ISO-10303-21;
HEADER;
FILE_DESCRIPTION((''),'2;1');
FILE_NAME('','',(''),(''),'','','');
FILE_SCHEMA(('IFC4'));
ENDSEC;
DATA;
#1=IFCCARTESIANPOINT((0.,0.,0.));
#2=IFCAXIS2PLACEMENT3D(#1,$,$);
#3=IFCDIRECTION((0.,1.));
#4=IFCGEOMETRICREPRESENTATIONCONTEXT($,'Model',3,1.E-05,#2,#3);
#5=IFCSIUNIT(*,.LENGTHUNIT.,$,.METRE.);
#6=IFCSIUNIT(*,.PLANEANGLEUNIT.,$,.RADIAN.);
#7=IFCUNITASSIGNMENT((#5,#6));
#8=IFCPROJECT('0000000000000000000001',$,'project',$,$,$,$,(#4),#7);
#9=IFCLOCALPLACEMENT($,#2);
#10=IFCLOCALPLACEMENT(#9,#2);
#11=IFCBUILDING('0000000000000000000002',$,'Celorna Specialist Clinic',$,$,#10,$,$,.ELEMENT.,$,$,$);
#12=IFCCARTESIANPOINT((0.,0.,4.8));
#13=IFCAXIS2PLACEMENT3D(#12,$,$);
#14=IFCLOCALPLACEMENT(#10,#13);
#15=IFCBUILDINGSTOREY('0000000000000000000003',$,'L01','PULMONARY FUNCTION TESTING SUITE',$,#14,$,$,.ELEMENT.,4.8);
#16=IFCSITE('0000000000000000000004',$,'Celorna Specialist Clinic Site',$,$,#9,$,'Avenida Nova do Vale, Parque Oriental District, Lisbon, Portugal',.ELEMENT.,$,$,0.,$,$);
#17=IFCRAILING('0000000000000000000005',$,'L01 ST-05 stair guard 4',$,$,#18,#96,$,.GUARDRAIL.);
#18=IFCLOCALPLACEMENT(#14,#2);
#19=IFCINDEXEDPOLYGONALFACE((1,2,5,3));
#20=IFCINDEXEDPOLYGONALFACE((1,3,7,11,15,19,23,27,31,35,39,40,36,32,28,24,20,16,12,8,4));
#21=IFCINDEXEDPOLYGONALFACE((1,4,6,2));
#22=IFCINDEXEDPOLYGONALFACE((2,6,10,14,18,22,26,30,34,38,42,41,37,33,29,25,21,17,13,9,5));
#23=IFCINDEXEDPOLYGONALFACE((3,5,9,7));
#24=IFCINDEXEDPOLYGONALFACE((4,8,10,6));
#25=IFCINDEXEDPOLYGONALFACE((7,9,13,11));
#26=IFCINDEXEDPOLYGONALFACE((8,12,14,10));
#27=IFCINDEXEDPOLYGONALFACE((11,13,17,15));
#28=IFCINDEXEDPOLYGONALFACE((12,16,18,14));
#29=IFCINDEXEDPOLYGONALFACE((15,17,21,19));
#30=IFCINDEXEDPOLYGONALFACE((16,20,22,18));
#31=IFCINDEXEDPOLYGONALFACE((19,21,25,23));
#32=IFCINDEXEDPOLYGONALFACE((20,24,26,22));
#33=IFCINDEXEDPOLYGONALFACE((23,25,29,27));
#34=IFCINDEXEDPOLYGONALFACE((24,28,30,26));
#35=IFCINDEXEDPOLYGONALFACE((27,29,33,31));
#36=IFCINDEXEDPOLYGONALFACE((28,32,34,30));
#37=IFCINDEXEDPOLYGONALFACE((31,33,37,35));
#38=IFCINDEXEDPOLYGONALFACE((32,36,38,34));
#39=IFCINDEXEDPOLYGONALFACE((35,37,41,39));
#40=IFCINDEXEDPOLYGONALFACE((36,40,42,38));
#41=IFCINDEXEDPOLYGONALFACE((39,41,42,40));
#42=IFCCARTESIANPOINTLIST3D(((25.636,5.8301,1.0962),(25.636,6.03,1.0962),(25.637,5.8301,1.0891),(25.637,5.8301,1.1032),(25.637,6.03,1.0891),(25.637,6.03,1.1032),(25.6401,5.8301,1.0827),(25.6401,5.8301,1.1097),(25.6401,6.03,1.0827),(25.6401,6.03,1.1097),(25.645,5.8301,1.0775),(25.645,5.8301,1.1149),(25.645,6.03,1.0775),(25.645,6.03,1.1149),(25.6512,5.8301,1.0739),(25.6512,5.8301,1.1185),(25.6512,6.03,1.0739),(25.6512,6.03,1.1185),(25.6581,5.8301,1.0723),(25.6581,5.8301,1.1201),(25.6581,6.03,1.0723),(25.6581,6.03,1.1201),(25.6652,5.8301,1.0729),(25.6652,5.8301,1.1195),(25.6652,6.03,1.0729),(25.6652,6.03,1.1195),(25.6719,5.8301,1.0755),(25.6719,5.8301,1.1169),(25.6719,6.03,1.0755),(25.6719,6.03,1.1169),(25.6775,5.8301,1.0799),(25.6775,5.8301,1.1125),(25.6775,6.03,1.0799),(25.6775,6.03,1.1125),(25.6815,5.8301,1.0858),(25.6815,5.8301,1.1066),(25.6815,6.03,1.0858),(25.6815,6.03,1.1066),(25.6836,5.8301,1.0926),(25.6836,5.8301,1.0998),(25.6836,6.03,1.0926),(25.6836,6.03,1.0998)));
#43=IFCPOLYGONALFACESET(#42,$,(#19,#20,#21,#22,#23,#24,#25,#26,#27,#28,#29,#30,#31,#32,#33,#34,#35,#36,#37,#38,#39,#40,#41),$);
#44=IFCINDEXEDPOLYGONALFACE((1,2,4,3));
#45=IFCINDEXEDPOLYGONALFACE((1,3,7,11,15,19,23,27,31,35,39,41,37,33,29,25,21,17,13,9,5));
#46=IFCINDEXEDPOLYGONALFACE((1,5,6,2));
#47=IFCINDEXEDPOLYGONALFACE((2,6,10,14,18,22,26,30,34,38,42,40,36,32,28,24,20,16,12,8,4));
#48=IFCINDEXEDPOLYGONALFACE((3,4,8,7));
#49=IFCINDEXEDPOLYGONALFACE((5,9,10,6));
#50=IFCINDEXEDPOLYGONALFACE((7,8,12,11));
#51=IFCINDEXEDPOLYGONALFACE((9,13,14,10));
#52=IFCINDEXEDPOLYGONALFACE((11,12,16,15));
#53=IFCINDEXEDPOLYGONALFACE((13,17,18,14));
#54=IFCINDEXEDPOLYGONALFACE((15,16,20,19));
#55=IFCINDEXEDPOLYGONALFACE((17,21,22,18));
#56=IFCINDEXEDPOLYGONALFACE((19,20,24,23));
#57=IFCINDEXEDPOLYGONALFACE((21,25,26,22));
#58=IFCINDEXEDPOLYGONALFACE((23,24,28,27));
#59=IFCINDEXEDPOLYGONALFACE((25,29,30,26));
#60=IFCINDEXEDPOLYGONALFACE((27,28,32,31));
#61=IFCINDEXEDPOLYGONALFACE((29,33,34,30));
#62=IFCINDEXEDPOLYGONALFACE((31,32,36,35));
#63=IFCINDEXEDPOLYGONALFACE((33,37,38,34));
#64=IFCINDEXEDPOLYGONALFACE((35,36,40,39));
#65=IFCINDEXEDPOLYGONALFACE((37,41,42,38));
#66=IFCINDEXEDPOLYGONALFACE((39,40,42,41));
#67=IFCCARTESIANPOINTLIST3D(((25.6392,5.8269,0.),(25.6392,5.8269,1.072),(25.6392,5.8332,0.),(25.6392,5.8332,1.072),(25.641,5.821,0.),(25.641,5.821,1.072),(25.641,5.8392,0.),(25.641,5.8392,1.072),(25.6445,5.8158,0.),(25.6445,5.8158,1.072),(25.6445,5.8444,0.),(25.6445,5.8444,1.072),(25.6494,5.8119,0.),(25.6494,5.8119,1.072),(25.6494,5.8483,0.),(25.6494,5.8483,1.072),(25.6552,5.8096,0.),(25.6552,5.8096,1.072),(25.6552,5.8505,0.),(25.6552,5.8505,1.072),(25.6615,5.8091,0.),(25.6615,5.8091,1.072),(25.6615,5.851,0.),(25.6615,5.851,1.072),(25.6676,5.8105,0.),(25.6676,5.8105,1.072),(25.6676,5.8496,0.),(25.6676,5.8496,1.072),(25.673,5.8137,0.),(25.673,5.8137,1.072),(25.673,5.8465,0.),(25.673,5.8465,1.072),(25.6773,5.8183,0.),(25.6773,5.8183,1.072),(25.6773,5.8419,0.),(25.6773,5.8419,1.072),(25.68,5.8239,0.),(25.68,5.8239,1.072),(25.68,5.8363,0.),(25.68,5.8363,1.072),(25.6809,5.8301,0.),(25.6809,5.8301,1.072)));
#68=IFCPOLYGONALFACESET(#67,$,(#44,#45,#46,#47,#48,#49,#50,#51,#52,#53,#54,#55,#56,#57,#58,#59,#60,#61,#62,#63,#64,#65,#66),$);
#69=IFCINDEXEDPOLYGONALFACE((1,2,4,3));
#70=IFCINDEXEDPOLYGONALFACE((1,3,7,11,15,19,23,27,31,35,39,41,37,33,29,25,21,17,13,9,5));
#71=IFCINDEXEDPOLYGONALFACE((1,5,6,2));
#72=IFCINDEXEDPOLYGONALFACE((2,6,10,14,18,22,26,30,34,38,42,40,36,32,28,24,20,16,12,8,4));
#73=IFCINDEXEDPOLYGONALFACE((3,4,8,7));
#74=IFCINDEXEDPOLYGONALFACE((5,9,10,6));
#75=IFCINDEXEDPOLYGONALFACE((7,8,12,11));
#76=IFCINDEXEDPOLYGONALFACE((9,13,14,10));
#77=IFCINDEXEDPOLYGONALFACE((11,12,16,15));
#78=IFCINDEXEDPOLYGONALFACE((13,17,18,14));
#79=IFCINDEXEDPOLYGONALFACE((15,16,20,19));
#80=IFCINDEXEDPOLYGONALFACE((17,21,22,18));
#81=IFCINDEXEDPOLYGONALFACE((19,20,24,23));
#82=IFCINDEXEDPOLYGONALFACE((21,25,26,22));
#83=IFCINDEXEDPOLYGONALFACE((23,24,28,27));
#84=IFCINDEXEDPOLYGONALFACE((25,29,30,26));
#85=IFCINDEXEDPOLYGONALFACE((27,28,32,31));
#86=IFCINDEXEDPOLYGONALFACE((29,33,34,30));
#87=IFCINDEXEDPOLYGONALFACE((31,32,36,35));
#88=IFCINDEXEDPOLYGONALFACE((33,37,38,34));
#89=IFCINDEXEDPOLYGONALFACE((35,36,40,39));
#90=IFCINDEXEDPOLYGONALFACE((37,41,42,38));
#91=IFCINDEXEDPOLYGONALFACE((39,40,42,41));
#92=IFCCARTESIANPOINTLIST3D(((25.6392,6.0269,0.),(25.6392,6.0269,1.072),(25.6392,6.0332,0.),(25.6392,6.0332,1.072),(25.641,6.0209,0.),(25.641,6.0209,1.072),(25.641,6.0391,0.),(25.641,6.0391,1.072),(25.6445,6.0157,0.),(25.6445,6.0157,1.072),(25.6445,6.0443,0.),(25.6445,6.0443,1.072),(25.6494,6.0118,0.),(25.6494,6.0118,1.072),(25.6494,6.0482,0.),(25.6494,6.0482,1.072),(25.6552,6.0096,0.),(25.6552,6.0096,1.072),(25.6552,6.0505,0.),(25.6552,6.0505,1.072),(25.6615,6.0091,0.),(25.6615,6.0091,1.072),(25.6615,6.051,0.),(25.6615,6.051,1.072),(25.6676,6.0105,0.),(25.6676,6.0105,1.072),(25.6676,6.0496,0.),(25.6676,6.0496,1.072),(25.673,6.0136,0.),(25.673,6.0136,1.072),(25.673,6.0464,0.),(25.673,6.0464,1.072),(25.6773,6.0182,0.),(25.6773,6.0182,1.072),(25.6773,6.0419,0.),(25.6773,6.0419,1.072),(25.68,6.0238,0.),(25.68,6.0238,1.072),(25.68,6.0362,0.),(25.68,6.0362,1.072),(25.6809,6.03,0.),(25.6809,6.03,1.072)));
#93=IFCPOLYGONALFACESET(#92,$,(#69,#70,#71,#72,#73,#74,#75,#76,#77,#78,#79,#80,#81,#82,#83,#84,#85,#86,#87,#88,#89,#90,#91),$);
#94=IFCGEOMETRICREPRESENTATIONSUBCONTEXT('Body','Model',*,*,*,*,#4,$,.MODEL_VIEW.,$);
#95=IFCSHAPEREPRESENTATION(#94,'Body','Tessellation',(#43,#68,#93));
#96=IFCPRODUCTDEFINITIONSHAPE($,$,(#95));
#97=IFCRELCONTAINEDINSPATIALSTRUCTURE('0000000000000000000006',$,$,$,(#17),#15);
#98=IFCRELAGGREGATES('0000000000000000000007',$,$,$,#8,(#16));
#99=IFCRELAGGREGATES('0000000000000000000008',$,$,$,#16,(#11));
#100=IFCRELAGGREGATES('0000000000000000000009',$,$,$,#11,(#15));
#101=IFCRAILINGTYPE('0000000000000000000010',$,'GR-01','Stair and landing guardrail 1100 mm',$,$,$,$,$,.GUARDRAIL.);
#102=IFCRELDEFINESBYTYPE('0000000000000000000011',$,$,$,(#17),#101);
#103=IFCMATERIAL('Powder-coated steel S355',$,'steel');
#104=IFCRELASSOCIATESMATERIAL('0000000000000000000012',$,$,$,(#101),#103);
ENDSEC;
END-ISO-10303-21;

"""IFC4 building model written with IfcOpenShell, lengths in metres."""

from ifc_helpers import new_model, si_unit, direction, frame, origin, origin_2d, place, context, subcontext, project, spatial, circle, extrude, material, type_object, element, save


model = new_model("IFC4")

# Units and contexts
model_context = context("Model", 3, precision=1e-05, world=origin(), true_north=direction((0.0, 1.0)))
body_context = subcontext(model_context, "Body", "Model", "MODEL_VIEW")
ifc_project = project(units=[si_unit("LENGTHUNIT", "METRE"), si_unit("PLANEANGLEUNIT", "RADIAN")], contexts=[model_context])

# Site, building, storey
site_placement = place(None, origin())
site = spatial("IfcSite", under=ifc_project, at=site_placement, Name="Celorna Specialist Clinic Site", LongName="Avenida Nova do Vale, Parque Oriental District, Lisbon, Portugal", CompositionType="ELEMENT", RefElevation=0.0)
building_placement = place(site_placement, origin())
building = spatial("IfcBuilding", under=site, at=building_placement, Name="Celorna Specialist Clinic", CompositionType="ELEMENT")
storey_placement = place(building_placement, frame((0.0, 0.0, 4.8)))
storey = spatial("IfcBuildingStorey", under=building, at=storey_placement, Name="L01", Description="PULMONARY FUNCTION TESTING SUITE", CompositionType="ELEMENT", Elevation=4.8)

# Railing
ifc_material_1 = material(Name="Powder-coated steel S355", Category="steel")
railing_type_1 = type_object("IfcRailingType", Name="GR-01", Description="Stair and landing guardrail 1100 mm", PredefinedType="GUARDRAIL", material=ifc_material_1)
railing_1_placement = place(storey_placement, frame((25.6599, 5.8301, 0.0)))
element("IfcRailing", 1, at=railing_1_placement, inside=storey, type_object=railing_type_1, Name="L01 ST-05 stair guard 4", PredefinedType="GUARDRAIL", context=body_context, shape_type="SweptSolid", body=[
    extrude(circle(Radius=0.0239, at=origin_2d()), frame((0.0, 0.0, 1.0962), z_axis=(0.0, 1.0, 0.0), x_axis=(-1.0, 0.0, 0.0)), (0.0, 0.0, 1.0), 0.2),
    extrude(circle(Radius=0.021, at=origin_2d()), origin(), (0.0, 0.0, 1.0), 1.072),
    extrude(circle(Radius=0.021, at=origin_2d()), frame((0.0, 0.2, 0.0)), (0.0, 0.0, 1.0), 1.072),
])

save(model, "model.ifc")
